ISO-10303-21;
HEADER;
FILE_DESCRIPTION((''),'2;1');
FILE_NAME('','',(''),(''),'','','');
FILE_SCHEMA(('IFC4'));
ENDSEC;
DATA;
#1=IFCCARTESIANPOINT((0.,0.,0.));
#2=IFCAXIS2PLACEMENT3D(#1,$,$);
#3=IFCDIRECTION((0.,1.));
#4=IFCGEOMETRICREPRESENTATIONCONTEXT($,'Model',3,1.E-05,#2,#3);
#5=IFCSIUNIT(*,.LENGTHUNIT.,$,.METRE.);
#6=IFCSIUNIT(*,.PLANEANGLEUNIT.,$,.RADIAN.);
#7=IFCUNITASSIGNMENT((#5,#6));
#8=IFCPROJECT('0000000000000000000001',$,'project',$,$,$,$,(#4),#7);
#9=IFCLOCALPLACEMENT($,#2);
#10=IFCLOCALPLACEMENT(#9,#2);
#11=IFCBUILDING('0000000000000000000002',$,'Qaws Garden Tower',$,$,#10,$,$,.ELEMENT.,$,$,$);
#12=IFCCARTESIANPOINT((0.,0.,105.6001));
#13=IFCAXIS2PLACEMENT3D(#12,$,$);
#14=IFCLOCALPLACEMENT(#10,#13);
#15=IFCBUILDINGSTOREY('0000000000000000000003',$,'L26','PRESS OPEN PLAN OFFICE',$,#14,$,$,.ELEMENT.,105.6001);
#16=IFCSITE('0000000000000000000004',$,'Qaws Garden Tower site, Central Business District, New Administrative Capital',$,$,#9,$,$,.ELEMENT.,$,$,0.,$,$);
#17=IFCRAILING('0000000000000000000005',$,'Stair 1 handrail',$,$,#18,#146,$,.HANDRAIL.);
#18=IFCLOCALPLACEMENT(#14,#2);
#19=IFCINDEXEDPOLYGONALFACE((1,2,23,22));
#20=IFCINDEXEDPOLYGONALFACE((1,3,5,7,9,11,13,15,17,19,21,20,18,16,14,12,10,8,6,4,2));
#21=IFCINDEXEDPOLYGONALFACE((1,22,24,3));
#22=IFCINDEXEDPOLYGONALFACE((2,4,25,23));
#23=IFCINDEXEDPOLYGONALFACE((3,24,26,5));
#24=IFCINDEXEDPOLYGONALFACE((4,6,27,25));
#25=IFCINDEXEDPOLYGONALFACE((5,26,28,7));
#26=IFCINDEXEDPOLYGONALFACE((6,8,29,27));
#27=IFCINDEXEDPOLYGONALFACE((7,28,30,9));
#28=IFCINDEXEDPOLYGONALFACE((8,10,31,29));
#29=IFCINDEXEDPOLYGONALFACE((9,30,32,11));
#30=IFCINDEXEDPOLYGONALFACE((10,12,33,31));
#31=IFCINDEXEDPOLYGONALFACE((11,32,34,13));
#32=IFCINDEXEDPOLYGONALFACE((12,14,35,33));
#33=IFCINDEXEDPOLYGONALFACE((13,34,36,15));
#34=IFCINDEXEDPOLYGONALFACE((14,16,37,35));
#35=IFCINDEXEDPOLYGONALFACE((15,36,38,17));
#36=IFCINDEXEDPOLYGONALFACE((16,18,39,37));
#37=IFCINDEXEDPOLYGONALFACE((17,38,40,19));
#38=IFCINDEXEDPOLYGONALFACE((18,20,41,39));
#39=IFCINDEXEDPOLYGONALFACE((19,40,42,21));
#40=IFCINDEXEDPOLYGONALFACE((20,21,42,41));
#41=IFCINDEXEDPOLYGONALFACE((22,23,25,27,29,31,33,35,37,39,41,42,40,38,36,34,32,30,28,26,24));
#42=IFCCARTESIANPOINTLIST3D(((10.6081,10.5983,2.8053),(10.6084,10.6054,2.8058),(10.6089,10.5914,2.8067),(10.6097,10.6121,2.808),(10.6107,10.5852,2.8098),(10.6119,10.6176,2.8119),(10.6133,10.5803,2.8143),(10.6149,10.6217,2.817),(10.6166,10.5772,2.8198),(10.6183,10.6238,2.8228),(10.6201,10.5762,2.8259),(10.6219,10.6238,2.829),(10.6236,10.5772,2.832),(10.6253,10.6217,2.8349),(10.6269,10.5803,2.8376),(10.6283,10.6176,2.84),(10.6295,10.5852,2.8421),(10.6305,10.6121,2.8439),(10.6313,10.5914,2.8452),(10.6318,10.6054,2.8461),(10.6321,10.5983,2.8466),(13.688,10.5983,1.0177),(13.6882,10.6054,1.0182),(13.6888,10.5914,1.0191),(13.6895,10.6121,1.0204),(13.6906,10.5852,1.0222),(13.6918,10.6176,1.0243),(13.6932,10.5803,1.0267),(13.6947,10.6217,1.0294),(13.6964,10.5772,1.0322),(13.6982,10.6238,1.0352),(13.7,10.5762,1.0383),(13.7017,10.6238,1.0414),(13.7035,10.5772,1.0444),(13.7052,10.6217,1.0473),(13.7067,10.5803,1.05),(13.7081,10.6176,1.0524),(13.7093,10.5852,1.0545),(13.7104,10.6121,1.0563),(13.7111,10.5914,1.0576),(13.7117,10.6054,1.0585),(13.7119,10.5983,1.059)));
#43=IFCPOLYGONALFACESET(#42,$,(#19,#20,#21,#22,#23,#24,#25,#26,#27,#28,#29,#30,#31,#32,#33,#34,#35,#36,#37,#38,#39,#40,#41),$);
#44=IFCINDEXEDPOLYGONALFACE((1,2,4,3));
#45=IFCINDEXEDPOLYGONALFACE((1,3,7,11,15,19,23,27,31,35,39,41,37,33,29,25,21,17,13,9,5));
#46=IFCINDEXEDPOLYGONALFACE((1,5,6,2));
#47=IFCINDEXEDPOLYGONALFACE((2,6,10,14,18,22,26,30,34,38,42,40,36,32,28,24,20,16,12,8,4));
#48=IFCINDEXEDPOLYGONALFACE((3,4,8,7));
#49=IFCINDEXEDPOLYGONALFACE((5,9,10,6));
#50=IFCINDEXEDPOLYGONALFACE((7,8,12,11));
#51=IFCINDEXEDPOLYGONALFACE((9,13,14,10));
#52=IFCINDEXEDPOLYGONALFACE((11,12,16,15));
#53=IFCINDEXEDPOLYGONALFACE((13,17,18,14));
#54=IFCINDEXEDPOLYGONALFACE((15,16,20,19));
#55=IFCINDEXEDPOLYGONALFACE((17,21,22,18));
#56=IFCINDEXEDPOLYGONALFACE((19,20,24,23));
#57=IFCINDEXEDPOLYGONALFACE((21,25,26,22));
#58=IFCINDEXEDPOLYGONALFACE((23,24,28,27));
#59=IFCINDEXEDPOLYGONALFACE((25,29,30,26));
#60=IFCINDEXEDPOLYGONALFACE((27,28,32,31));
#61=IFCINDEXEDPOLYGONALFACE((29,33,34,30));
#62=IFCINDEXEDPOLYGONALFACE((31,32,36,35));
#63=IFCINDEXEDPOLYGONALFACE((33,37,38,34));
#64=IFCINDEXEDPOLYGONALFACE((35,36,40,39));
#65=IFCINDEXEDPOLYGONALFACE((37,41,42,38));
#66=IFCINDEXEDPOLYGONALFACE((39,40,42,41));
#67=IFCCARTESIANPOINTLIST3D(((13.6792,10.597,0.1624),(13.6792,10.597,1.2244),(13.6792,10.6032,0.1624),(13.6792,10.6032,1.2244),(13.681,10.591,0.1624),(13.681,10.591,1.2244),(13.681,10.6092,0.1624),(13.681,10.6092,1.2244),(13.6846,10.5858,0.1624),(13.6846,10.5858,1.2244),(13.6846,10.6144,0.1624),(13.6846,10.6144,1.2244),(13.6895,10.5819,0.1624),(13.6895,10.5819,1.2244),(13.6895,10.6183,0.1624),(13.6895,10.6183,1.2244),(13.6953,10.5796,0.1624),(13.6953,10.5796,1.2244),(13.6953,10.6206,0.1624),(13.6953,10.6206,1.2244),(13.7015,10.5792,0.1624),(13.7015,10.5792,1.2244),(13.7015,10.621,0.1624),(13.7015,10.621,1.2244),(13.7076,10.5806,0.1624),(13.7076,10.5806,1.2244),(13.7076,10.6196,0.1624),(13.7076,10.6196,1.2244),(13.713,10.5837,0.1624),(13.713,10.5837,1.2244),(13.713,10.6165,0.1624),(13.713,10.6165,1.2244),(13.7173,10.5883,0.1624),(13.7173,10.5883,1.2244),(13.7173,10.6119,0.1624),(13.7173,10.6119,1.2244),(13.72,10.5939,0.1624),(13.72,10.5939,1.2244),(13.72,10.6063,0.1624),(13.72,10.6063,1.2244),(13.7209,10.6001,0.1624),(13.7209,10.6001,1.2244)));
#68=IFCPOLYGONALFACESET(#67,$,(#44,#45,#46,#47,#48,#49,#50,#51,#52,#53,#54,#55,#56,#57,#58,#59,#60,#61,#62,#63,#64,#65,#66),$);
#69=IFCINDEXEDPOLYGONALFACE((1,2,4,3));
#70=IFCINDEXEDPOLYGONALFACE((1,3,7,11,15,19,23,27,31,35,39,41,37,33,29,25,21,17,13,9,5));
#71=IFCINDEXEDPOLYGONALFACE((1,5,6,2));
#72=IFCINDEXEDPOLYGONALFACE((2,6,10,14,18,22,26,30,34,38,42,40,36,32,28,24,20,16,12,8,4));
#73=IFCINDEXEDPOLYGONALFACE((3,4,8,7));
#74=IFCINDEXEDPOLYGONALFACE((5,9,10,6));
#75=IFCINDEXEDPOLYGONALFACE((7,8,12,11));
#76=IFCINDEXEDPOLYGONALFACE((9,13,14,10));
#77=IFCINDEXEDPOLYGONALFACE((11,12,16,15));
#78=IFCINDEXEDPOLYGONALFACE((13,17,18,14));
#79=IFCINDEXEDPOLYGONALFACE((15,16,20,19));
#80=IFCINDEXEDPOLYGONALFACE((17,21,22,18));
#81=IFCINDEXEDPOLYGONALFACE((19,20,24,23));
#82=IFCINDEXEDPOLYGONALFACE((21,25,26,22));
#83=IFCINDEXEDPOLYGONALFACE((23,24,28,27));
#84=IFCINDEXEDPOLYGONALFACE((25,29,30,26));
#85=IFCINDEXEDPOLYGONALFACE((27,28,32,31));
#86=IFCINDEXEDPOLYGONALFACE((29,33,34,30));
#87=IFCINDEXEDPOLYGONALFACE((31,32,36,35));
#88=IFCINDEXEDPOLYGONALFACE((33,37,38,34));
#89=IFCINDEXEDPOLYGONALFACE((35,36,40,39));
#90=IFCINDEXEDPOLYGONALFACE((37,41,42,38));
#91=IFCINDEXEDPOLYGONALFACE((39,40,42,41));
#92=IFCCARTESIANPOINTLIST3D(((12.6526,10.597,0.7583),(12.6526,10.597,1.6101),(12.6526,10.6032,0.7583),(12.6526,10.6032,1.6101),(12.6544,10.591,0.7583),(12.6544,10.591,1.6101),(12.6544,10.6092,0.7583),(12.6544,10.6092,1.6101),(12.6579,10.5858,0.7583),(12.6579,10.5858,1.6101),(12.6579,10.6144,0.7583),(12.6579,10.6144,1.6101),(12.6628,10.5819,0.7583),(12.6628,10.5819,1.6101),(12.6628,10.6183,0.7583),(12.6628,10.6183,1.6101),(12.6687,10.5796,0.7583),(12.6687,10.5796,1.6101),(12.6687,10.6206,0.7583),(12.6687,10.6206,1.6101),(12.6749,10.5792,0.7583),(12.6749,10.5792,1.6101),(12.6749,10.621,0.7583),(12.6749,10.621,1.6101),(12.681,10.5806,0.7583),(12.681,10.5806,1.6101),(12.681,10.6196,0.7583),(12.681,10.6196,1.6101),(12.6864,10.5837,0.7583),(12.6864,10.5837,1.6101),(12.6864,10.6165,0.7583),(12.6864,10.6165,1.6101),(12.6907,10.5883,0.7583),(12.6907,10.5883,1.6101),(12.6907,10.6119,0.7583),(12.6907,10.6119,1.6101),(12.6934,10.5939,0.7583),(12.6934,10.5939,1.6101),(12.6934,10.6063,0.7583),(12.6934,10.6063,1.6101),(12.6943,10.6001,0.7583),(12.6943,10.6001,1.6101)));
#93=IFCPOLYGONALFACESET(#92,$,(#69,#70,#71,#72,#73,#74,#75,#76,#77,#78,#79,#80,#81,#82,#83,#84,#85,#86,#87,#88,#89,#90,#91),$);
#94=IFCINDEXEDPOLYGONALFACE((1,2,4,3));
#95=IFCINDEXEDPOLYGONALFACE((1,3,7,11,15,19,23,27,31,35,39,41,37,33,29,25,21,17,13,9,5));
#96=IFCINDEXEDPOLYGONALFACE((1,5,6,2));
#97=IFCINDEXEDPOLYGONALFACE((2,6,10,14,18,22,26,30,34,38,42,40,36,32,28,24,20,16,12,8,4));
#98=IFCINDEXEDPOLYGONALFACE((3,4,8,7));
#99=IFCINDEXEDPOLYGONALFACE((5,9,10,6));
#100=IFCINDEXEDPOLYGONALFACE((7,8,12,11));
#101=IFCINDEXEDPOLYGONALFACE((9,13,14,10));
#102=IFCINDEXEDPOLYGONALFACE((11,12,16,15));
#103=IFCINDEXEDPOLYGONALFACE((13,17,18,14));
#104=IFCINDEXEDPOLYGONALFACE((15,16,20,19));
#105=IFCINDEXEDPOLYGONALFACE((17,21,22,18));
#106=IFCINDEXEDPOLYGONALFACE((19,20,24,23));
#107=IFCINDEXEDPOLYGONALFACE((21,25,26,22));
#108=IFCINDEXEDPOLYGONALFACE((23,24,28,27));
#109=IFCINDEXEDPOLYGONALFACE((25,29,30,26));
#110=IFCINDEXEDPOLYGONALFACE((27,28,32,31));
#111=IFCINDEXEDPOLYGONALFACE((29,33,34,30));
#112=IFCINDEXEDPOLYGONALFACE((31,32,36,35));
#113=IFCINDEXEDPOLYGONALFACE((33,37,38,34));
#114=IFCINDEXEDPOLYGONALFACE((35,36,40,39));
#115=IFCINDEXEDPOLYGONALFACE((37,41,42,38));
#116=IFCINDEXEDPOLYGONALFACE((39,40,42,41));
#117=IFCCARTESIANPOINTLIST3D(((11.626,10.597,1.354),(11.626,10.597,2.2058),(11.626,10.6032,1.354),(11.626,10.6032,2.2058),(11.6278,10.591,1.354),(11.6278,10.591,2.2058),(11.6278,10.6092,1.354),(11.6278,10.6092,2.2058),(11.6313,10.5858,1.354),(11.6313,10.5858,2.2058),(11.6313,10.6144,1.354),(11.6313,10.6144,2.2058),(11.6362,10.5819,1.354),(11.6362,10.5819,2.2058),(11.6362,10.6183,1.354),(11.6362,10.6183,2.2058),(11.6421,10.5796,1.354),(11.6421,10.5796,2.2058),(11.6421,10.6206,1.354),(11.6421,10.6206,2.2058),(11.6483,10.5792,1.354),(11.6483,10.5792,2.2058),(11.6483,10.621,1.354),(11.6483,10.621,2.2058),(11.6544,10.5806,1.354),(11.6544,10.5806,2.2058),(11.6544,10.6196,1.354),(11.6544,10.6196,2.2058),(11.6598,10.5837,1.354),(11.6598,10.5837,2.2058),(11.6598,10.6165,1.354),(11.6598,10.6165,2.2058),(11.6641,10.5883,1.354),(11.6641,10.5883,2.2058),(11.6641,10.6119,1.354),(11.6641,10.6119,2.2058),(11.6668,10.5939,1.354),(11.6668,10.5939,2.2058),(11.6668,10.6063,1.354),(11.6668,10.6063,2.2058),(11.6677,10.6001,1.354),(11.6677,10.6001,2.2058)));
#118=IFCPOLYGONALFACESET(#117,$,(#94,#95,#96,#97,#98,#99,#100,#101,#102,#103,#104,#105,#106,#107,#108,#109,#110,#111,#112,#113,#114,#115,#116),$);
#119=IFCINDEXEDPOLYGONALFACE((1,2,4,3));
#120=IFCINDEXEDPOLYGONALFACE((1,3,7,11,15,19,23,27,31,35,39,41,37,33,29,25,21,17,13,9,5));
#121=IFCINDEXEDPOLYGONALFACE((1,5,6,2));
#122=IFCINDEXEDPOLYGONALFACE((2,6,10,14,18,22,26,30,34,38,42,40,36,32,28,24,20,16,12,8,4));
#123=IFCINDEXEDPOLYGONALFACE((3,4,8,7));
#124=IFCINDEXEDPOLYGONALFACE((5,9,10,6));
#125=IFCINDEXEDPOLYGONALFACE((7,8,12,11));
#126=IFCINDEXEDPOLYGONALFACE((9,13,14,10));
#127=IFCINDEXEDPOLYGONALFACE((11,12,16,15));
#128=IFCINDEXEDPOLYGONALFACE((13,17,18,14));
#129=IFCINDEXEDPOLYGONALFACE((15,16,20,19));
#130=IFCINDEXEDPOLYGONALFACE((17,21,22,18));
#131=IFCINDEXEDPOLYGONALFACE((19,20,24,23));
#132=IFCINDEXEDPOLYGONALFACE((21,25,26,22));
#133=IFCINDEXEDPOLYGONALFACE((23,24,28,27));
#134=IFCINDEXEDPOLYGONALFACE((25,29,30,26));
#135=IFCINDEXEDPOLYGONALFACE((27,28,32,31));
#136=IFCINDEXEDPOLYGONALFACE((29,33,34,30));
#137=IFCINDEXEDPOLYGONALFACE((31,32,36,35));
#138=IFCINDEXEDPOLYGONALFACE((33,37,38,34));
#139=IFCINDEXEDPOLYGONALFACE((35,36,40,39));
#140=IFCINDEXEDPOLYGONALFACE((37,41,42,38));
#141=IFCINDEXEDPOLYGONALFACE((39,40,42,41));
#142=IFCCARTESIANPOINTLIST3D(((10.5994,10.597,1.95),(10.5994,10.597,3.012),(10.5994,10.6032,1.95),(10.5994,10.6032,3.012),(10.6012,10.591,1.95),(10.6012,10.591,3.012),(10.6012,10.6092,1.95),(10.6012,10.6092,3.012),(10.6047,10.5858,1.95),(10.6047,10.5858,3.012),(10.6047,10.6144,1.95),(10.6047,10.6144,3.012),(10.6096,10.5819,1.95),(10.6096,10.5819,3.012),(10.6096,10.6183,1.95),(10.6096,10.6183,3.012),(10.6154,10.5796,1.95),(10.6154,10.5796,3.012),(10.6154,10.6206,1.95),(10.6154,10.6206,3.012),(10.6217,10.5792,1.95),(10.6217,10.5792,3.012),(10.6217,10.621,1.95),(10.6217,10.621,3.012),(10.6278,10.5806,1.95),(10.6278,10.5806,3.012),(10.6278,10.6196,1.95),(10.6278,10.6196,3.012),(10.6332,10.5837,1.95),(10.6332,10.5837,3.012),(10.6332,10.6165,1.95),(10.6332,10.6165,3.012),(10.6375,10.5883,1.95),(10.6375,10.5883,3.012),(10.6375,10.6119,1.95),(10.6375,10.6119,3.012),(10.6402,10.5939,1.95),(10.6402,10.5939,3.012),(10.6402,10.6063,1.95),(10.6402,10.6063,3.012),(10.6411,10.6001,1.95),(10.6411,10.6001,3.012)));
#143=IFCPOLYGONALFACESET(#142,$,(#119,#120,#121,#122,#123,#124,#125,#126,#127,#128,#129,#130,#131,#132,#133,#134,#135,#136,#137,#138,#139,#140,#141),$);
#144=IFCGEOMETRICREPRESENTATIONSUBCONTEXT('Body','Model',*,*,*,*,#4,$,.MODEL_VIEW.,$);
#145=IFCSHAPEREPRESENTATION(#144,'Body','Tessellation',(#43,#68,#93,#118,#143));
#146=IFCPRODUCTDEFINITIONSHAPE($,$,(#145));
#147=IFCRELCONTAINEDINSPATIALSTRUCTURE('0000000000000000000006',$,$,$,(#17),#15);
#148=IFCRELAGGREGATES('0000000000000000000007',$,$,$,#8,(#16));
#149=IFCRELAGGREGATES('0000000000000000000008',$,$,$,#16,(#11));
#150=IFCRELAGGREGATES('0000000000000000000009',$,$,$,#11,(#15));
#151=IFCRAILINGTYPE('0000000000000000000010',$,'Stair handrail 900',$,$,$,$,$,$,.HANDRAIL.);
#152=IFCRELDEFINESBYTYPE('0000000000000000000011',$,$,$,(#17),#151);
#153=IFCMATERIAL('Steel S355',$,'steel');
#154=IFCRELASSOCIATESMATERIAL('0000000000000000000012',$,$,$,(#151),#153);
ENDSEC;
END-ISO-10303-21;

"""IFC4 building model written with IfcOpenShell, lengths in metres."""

from ifc_helpers import new_model, si_unit, direction, frame, origin, origin_2d, place, context, subcontext, project, spatial, circle, extrude, material, type_object, element, save


model = new_model("IFC4")

# Units and contexts
model_context = context("Model", 3, precision=1e-05, world=origin(), true_north=direction((0.0, 1.0)))
body_context = subcontext(model_context, "Body", "Model", "MODEL_VIEW")
ifc_project = project(units=[si_unit("LENGTHUNIT", "METRE"), si_unit("PLANEANGLEUNIT", "RADIAN")], contexts=[model_context])

# Site, building, storey
site_placement = place(None, origin())
site = spatial("IfcSite", under=ifc_project, at=site_placement, Name="Qaws Garden Tower site, Central Business District, New Administrative Capital", CompositionType="ELEMENT", RefElevation=0.0)
building_placement = place(site_placement, origin())
building = spatial("IfcBuilding", under=site, at=building_placement, Name="Qaws Garden Tower", CompositionType="ELEMENT")
storey_placement = place(building_placement, frame((0.0, 0.0, 105.6001)))
storey = spatial("IfcBuildingStorey", under=building, at=storey_placement, Name="L26", Description="PRESS OPEN PLAN OFFICE", CompositionType="ELEMENT", Elevation=105.6001)

# Railing
ifc_material_1 = material(Name="Steel S355", Category="steel")
railing_type = type_object("IfcRailingType", Name="Stair handrail 900", PredefinedType="HANDRAIL", material=ifc_material_1)
railing_1_placement = place(storey_placement, frame((13.7, 10.6001, 0.1624)))
element("IfcRailing", 1, at=railing_1_placement, inside=storey, type_object=railing_type, Name="Stair 1 handrail", PredefinedType="HANDRAIL", context=body_context, shape_type="SweptSolid", body=[
    extrude(circle(Radius=0.0239, at=origin_2d()), frame((0.0, 0.0, 0.876), z_axis=(-0.864873, 0.0, 0.50199), x_axis=(0.0, -1.0, 0.0)), (0.0, 0.0, 1.0), 3.561),
    extrude(circle(Radius=0.021, at=origin_2d()), origin(), (0.0, 0.0, 1.0), 1.062),
    extrude(circle(Radius=0.021, at=origin_2d()), frame((-1.0266, 0.0, 0.5959)), (0.0, 0.0, 1.0), 0.8518),
    extrude(circle(Radius=0.021, at=origin_2d()), frame((-2.0532, 0.0, 1.1917)), (0.0, 0.0, 1.0), 0.8518),
    extrude(circle(Radius=0.021, at=origin_2d()), frame((-3.0798, 0.0, 1.7876)), (0.0, 0.0, 1.0), 1.062),
])

save(model, "model.ifc")
